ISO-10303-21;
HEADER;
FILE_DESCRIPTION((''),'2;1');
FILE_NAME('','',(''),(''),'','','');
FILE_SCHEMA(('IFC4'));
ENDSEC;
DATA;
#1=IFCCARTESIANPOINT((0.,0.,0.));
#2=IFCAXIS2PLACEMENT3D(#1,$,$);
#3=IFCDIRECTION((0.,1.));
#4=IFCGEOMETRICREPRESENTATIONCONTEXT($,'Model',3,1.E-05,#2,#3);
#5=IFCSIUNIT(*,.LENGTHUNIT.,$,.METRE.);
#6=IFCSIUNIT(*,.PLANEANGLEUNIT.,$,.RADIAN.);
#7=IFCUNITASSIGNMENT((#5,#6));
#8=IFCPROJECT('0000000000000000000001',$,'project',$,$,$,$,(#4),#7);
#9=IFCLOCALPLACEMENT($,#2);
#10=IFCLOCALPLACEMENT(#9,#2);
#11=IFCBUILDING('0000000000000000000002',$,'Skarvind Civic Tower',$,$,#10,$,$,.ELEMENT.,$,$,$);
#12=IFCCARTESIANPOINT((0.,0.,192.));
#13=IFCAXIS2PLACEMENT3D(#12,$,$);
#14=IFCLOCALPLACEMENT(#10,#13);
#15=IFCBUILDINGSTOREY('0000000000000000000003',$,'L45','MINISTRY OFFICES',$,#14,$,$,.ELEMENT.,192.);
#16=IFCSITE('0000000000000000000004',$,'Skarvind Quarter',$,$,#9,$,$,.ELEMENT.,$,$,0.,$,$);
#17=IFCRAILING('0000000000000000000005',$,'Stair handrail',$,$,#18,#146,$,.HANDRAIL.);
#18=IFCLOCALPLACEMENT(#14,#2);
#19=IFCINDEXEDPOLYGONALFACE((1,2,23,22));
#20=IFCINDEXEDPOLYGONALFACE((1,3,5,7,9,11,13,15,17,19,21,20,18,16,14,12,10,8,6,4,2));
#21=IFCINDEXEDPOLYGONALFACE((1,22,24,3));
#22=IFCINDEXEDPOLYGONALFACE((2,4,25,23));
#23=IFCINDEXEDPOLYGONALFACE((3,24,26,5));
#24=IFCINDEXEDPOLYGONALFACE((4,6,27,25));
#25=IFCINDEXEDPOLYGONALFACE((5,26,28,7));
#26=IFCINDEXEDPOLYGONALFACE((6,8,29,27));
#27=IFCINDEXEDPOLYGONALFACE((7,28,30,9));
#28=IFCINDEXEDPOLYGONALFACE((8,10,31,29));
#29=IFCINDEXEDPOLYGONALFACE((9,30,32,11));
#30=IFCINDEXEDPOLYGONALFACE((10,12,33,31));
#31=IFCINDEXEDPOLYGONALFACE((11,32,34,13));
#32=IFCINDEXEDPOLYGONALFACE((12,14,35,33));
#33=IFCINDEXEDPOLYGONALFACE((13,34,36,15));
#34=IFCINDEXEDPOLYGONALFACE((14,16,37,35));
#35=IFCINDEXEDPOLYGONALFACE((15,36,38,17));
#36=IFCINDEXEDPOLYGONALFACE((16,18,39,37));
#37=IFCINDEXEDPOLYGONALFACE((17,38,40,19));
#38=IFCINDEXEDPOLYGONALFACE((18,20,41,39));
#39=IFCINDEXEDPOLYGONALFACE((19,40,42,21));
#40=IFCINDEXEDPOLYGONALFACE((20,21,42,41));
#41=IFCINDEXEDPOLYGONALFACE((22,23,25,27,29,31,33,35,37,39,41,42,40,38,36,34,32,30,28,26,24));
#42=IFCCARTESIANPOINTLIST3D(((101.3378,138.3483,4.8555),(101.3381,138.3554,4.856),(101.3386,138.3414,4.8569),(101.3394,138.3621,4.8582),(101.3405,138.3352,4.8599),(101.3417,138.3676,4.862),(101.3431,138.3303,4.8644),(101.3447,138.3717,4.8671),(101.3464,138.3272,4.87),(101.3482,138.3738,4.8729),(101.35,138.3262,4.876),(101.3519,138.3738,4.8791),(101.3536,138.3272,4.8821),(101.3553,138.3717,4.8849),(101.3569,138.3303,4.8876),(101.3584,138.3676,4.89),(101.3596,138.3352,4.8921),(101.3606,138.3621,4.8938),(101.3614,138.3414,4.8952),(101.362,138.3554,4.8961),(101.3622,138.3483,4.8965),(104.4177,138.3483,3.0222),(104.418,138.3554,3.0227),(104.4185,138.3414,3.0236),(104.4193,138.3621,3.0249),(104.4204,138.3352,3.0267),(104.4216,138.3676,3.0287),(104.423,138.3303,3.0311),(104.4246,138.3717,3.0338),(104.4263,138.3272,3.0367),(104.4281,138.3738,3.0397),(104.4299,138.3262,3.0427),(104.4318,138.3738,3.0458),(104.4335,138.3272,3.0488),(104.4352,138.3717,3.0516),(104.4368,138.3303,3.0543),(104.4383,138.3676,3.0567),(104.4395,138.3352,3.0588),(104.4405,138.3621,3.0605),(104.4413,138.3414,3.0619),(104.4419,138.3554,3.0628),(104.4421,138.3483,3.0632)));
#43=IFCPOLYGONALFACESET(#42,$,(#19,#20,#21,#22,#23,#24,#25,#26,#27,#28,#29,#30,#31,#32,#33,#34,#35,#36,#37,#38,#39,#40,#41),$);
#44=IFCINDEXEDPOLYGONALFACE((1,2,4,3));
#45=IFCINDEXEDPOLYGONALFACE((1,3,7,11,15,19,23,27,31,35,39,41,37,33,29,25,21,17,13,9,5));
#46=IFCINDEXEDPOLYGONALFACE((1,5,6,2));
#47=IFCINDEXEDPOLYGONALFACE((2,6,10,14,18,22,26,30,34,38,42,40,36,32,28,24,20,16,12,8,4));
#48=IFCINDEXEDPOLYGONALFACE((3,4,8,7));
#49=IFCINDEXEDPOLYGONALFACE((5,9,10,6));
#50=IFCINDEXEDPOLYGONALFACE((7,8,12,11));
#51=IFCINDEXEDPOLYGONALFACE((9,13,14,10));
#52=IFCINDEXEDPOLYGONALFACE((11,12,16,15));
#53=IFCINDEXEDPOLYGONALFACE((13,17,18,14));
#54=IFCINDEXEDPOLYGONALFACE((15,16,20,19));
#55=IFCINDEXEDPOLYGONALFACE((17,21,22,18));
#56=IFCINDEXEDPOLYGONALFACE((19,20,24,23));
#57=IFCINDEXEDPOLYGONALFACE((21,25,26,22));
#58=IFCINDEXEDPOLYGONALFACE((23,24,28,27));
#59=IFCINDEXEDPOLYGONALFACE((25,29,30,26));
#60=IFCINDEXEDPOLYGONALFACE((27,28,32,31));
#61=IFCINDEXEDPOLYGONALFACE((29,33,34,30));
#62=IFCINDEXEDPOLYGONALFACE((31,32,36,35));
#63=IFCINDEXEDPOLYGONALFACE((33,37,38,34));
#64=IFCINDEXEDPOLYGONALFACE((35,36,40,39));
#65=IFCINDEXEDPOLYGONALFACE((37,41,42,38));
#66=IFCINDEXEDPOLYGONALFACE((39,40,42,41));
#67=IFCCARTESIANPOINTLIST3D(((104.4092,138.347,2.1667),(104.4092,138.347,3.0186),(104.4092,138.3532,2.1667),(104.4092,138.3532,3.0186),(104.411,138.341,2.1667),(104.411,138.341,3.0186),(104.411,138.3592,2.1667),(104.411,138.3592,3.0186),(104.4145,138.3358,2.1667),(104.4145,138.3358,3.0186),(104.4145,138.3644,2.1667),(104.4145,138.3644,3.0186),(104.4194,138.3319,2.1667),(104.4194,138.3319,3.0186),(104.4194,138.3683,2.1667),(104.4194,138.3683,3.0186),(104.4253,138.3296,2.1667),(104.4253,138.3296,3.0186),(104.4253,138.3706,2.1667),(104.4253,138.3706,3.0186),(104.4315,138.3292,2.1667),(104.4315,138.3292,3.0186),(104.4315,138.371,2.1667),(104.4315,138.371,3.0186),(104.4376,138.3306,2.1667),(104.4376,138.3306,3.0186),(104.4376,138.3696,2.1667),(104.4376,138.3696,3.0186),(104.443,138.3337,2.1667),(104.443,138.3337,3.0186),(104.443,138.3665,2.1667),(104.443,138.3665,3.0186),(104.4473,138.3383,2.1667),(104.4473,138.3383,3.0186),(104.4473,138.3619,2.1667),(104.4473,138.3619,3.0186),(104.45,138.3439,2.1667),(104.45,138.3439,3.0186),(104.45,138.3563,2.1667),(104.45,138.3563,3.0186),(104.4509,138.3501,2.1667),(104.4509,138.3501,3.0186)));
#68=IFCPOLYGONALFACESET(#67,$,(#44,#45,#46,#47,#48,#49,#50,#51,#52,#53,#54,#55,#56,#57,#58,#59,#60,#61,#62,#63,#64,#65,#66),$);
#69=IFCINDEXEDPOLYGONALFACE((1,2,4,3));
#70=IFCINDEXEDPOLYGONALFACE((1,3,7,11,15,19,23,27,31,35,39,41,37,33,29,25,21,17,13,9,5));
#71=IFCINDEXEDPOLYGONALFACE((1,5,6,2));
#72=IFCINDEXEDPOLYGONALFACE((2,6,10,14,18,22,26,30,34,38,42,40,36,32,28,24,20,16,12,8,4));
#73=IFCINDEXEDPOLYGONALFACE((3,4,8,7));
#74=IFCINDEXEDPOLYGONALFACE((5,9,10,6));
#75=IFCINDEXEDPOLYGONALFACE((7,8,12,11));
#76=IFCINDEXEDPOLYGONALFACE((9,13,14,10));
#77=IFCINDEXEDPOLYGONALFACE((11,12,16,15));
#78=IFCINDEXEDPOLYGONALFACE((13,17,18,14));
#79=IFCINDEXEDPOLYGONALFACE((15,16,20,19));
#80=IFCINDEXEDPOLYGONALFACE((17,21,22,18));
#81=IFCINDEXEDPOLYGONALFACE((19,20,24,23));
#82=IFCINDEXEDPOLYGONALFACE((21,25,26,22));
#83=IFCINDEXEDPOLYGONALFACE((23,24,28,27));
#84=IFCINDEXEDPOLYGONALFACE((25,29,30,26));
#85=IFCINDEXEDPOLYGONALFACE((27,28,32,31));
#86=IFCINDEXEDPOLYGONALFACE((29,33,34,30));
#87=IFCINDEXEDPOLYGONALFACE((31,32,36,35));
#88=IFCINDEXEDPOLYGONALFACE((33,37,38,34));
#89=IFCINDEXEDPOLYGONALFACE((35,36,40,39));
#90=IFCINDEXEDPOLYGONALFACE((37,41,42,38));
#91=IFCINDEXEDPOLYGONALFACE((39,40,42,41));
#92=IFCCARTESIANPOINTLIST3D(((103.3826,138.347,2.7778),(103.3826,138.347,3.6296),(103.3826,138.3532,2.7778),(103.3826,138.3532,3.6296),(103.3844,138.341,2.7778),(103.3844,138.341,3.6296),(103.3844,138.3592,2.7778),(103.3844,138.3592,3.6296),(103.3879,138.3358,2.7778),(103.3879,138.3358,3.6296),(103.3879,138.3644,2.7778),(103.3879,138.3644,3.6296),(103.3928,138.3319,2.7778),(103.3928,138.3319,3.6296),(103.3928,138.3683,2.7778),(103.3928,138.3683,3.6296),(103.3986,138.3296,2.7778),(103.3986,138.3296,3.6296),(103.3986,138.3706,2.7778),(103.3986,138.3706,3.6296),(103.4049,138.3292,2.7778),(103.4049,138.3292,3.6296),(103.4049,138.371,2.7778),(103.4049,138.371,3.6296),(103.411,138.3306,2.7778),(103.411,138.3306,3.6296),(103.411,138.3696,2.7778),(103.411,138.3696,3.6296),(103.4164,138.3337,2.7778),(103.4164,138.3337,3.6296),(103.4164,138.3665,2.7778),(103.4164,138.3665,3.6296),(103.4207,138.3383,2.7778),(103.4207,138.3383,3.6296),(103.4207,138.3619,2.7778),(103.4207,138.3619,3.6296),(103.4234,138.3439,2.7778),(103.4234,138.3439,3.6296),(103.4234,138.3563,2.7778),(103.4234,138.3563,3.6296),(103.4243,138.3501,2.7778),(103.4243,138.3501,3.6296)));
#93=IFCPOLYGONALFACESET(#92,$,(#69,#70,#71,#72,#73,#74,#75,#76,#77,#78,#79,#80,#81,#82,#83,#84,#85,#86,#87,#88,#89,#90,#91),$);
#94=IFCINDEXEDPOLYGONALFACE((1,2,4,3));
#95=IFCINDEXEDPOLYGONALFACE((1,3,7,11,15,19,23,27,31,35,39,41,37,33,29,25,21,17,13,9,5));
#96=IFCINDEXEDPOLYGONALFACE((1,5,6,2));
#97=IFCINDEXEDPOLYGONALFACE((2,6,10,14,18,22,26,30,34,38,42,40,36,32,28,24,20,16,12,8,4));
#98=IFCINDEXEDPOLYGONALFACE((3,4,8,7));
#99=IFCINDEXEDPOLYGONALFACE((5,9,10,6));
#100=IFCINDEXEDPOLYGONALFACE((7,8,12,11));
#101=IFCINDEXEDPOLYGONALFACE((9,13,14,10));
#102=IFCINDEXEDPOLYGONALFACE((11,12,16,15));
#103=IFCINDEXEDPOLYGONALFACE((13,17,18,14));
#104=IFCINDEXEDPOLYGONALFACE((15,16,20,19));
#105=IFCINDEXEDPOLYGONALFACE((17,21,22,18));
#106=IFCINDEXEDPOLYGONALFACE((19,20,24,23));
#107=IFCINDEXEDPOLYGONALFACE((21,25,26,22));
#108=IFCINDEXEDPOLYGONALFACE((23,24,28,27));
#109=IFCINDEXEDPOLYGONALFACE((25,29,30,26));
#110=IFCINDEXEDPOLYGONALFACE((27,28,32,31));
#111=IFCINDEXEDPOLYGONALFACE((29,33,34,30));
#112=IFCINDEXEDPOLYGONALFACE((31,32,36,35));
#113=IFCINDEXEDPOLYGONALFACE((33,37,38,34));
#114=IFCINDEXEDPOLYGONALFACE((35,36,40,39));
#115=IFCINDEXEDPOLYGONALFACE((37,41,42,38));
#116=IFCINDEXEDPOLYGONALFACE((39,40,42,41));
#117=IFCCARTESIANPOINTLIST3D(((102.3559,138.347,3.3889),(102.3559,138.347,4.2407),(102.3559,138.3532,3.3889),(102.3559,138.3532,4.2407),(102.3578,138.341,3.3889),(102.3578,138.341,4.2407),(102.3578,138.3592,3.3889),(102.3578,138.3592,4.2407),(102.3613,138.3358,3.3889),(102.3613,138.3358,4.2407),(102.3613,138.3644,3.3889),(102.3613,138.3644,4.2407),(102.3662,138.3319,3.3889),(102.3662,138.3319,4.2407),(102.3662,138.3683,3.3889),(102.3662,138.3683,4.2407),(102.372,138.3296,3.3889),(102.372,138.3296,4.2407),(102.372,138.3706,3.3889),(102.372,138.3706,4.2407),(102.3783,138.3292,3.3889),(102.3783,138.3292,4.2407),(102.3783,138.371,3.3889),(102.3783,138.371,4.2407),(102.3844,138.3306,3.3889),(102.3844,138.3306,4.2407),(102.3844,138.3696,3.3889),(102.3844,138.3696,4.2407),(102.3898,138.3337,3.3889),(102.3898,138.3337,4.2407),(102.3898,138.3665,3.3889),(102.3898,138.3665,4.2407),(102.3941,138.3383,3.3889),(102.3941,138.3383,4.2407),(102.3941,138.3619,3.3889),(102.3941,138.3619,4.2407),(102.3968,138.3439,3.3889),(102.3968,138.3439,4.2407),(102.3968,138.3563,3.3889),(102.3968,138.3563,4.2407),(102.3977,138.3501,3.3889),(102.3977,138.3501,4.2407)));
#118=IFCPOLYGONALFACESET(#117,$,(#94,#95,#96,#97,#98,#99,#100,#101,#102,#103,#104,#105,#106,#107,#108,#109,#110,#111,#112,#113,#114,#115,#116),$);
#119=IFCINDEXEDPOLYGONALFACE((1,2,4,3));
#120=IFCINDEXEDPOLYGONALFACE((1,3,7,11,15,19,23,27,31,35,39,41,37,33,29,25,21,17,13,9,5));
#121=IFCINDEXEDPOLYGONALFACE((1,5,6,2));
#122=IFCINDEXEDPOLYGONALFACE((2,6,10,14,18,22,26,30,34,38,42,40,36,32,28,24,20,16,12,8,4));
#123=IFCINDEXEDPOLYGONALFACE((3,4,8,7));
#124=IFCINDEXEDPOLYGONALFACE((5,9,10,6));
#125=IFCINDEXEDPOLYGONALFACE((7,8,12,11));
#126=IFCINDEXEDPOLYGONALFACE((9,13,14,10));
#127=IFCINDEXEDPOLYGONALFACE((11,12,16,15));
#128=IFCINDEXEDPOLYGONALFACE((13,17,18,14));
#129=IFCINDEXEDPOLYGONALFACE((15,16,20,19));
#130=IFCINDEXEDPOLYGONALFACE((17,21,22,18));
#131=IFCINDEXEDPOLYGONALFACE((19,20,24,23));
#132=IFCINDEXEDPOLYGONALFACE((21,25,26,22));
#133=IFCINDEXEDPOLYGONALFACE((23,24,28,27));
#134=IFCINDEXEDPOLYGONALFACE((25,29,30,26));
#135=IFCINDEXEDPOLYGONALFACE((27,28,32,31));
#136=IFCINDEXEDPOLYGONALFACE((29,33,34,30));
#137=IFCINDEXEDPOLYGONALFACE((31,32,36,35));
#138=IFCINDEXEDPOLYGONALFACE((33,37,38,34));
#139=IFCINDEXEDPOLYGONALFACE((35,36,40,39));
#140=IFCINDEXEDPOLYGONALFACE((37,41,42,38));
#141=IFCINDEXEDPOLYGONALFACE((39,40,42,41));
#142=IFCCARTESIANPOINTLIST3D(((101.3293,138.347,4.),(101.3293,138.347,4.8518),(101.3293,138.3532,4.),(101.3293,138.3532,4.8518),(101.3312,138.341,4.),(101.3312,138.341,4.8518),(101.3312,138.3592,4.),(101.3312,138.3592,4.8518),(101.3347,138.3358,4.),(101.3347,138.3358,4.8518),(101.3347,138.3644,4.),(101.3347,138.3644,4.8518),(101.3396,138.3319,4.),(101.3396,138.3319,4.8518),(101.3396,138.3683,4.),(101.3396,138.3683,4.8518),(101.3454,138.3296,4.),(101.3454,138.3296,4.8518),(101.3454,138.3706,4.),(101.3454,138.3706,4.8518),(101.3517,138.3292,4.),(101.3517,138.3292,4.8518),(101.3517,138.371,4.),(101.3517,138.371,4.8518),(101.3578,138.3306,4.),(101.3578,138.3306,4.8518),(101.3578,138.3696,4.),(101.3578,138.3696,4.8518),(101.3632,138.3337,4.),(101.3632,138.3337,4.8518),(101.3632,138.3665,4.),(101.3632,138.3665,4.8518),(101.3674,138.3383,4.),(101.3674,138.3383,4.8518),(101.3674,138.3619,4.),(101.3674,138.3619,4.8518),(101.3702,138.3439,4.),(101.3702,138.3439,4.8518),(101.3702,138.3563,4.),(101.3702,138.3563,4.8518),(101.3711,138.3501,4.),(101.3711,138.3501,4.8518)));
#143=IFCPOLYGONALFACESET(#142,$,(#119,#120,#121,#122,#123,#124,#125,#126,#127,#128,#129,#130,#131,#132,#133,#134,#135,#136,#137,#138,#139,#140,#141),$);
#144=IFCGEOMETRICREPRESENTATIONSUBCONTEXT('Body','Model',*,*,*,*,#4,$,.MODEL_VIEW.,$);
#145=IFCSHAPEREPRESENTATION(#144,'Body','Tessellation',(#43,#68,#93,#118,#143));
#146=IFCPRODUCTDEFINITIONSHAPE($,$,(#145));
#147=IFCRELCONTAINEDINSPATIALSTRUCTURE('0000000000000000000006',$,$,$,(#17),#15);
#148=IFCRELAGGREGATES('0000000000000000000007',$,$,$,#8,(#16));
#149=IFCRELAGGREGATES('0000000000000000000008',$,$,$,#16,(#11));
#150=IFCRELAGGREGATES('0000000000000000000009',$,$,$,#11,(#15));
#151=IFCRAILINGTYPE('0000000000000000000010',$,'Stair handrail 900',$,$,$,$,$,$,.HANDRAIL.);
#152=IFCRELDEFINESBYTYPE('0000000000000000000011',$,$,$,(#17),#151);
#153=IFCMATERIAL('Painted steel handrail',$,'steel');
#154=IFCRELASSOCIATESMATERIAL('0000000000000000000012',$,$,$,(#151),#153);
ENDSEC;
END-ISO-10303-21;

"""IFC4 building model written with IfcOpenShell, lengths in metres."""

from ifc_helpers import new_model, si_unit, direction, frame, origin, origin_2d, place, context, subcontext, project, spatial, circle, extrude, material, type_object, element, save


model = new_model("IFC4")

# Units and contexts
model_context = context("Model", 3, precision=1e-05, world=origin(), true_north=direction((0.0, 1.0)))
body_context = subcontext(model_context, "Body", "Model", "MODEL_VIEW")
ifc_project = project(units=[si_unit("LENGTHUNIT", "METRE"), si_unit("PLANEANGLEUNIT", "RADIAN")], contexts=[model_context])

# Site, building, storey
site_placement = place(None, origin())
site = spatial("IfcSite", under=ifc_project, at=site_placement, Name="Skarvind Quarter", CompositionType="ELEMENT", RefElevation=0.0)
building_placement = place(site_placement, origin())
building = spatial("IfcBuilding", under=site, at=building_placement, Name="Skarvind Civic Tower", CompositionType="ELEMENT")
storey_placement = place(building_placement, frame((0.0, 0.0, 192.0)))
storey = spatial("IfcBuildingStorey", under=building, at=storey_placement, Name="L45", Description="MINISTRY OFFICES", CompositionType="ELEMENT", Elevation=192.0)

# Railing
ifc_material_1 = material(Name="Painted steel handrail", Category="steel")
railing_type = type_object("IfcRailingType", Name="Stair handrail 900", PredefinedType="HANDRAIL", material=ifc_material_1)
railing_1_placement = place(storey_placement, frame((104.4299, 138.3501, 2.1667)))
element("IfcRailing", 1, at=railing_1_placement, inside=storey, type_object=railing_type, Name="Stair handrail", PredefinedType="HANDRAIL", context=body_context, shape_type="SweptSolid", body=[
    extrude(circle(Radius=0.0239, at=origin_2d()), frame((0.0, 0.0, 0.876), z_axis=(-0.859291, 0.0, 0.511487), x_axis=(0.0, -1.0, 0.0)), (0.0, 0.0, 1.0), 3.5842),
    extrude(circle(Radius=0.021, at=origin_2d()), origin(), (0.0, 0.0, 1.0), 0.8518),
    extrude(circle(Radius=0.021, at=origin_2d()), frame((-1.0266, 0.0, 0.6111)), (0.0, 0.0, 1.0), 0.8518),
    extrude(circle(Radius=0.021, at=origin_2d()), frame((-2.0532, 0.0, 1.2222)), (0.0, 0.0, 1.0), 0.8518),
    extrude(circle(Radius=0.021, at=origin_2d()), frame((-3.0798, 0.0, 1.8333)), (0.0, 0.0, 1.0), 0.8518),
])

save(model, "model.ifc")
